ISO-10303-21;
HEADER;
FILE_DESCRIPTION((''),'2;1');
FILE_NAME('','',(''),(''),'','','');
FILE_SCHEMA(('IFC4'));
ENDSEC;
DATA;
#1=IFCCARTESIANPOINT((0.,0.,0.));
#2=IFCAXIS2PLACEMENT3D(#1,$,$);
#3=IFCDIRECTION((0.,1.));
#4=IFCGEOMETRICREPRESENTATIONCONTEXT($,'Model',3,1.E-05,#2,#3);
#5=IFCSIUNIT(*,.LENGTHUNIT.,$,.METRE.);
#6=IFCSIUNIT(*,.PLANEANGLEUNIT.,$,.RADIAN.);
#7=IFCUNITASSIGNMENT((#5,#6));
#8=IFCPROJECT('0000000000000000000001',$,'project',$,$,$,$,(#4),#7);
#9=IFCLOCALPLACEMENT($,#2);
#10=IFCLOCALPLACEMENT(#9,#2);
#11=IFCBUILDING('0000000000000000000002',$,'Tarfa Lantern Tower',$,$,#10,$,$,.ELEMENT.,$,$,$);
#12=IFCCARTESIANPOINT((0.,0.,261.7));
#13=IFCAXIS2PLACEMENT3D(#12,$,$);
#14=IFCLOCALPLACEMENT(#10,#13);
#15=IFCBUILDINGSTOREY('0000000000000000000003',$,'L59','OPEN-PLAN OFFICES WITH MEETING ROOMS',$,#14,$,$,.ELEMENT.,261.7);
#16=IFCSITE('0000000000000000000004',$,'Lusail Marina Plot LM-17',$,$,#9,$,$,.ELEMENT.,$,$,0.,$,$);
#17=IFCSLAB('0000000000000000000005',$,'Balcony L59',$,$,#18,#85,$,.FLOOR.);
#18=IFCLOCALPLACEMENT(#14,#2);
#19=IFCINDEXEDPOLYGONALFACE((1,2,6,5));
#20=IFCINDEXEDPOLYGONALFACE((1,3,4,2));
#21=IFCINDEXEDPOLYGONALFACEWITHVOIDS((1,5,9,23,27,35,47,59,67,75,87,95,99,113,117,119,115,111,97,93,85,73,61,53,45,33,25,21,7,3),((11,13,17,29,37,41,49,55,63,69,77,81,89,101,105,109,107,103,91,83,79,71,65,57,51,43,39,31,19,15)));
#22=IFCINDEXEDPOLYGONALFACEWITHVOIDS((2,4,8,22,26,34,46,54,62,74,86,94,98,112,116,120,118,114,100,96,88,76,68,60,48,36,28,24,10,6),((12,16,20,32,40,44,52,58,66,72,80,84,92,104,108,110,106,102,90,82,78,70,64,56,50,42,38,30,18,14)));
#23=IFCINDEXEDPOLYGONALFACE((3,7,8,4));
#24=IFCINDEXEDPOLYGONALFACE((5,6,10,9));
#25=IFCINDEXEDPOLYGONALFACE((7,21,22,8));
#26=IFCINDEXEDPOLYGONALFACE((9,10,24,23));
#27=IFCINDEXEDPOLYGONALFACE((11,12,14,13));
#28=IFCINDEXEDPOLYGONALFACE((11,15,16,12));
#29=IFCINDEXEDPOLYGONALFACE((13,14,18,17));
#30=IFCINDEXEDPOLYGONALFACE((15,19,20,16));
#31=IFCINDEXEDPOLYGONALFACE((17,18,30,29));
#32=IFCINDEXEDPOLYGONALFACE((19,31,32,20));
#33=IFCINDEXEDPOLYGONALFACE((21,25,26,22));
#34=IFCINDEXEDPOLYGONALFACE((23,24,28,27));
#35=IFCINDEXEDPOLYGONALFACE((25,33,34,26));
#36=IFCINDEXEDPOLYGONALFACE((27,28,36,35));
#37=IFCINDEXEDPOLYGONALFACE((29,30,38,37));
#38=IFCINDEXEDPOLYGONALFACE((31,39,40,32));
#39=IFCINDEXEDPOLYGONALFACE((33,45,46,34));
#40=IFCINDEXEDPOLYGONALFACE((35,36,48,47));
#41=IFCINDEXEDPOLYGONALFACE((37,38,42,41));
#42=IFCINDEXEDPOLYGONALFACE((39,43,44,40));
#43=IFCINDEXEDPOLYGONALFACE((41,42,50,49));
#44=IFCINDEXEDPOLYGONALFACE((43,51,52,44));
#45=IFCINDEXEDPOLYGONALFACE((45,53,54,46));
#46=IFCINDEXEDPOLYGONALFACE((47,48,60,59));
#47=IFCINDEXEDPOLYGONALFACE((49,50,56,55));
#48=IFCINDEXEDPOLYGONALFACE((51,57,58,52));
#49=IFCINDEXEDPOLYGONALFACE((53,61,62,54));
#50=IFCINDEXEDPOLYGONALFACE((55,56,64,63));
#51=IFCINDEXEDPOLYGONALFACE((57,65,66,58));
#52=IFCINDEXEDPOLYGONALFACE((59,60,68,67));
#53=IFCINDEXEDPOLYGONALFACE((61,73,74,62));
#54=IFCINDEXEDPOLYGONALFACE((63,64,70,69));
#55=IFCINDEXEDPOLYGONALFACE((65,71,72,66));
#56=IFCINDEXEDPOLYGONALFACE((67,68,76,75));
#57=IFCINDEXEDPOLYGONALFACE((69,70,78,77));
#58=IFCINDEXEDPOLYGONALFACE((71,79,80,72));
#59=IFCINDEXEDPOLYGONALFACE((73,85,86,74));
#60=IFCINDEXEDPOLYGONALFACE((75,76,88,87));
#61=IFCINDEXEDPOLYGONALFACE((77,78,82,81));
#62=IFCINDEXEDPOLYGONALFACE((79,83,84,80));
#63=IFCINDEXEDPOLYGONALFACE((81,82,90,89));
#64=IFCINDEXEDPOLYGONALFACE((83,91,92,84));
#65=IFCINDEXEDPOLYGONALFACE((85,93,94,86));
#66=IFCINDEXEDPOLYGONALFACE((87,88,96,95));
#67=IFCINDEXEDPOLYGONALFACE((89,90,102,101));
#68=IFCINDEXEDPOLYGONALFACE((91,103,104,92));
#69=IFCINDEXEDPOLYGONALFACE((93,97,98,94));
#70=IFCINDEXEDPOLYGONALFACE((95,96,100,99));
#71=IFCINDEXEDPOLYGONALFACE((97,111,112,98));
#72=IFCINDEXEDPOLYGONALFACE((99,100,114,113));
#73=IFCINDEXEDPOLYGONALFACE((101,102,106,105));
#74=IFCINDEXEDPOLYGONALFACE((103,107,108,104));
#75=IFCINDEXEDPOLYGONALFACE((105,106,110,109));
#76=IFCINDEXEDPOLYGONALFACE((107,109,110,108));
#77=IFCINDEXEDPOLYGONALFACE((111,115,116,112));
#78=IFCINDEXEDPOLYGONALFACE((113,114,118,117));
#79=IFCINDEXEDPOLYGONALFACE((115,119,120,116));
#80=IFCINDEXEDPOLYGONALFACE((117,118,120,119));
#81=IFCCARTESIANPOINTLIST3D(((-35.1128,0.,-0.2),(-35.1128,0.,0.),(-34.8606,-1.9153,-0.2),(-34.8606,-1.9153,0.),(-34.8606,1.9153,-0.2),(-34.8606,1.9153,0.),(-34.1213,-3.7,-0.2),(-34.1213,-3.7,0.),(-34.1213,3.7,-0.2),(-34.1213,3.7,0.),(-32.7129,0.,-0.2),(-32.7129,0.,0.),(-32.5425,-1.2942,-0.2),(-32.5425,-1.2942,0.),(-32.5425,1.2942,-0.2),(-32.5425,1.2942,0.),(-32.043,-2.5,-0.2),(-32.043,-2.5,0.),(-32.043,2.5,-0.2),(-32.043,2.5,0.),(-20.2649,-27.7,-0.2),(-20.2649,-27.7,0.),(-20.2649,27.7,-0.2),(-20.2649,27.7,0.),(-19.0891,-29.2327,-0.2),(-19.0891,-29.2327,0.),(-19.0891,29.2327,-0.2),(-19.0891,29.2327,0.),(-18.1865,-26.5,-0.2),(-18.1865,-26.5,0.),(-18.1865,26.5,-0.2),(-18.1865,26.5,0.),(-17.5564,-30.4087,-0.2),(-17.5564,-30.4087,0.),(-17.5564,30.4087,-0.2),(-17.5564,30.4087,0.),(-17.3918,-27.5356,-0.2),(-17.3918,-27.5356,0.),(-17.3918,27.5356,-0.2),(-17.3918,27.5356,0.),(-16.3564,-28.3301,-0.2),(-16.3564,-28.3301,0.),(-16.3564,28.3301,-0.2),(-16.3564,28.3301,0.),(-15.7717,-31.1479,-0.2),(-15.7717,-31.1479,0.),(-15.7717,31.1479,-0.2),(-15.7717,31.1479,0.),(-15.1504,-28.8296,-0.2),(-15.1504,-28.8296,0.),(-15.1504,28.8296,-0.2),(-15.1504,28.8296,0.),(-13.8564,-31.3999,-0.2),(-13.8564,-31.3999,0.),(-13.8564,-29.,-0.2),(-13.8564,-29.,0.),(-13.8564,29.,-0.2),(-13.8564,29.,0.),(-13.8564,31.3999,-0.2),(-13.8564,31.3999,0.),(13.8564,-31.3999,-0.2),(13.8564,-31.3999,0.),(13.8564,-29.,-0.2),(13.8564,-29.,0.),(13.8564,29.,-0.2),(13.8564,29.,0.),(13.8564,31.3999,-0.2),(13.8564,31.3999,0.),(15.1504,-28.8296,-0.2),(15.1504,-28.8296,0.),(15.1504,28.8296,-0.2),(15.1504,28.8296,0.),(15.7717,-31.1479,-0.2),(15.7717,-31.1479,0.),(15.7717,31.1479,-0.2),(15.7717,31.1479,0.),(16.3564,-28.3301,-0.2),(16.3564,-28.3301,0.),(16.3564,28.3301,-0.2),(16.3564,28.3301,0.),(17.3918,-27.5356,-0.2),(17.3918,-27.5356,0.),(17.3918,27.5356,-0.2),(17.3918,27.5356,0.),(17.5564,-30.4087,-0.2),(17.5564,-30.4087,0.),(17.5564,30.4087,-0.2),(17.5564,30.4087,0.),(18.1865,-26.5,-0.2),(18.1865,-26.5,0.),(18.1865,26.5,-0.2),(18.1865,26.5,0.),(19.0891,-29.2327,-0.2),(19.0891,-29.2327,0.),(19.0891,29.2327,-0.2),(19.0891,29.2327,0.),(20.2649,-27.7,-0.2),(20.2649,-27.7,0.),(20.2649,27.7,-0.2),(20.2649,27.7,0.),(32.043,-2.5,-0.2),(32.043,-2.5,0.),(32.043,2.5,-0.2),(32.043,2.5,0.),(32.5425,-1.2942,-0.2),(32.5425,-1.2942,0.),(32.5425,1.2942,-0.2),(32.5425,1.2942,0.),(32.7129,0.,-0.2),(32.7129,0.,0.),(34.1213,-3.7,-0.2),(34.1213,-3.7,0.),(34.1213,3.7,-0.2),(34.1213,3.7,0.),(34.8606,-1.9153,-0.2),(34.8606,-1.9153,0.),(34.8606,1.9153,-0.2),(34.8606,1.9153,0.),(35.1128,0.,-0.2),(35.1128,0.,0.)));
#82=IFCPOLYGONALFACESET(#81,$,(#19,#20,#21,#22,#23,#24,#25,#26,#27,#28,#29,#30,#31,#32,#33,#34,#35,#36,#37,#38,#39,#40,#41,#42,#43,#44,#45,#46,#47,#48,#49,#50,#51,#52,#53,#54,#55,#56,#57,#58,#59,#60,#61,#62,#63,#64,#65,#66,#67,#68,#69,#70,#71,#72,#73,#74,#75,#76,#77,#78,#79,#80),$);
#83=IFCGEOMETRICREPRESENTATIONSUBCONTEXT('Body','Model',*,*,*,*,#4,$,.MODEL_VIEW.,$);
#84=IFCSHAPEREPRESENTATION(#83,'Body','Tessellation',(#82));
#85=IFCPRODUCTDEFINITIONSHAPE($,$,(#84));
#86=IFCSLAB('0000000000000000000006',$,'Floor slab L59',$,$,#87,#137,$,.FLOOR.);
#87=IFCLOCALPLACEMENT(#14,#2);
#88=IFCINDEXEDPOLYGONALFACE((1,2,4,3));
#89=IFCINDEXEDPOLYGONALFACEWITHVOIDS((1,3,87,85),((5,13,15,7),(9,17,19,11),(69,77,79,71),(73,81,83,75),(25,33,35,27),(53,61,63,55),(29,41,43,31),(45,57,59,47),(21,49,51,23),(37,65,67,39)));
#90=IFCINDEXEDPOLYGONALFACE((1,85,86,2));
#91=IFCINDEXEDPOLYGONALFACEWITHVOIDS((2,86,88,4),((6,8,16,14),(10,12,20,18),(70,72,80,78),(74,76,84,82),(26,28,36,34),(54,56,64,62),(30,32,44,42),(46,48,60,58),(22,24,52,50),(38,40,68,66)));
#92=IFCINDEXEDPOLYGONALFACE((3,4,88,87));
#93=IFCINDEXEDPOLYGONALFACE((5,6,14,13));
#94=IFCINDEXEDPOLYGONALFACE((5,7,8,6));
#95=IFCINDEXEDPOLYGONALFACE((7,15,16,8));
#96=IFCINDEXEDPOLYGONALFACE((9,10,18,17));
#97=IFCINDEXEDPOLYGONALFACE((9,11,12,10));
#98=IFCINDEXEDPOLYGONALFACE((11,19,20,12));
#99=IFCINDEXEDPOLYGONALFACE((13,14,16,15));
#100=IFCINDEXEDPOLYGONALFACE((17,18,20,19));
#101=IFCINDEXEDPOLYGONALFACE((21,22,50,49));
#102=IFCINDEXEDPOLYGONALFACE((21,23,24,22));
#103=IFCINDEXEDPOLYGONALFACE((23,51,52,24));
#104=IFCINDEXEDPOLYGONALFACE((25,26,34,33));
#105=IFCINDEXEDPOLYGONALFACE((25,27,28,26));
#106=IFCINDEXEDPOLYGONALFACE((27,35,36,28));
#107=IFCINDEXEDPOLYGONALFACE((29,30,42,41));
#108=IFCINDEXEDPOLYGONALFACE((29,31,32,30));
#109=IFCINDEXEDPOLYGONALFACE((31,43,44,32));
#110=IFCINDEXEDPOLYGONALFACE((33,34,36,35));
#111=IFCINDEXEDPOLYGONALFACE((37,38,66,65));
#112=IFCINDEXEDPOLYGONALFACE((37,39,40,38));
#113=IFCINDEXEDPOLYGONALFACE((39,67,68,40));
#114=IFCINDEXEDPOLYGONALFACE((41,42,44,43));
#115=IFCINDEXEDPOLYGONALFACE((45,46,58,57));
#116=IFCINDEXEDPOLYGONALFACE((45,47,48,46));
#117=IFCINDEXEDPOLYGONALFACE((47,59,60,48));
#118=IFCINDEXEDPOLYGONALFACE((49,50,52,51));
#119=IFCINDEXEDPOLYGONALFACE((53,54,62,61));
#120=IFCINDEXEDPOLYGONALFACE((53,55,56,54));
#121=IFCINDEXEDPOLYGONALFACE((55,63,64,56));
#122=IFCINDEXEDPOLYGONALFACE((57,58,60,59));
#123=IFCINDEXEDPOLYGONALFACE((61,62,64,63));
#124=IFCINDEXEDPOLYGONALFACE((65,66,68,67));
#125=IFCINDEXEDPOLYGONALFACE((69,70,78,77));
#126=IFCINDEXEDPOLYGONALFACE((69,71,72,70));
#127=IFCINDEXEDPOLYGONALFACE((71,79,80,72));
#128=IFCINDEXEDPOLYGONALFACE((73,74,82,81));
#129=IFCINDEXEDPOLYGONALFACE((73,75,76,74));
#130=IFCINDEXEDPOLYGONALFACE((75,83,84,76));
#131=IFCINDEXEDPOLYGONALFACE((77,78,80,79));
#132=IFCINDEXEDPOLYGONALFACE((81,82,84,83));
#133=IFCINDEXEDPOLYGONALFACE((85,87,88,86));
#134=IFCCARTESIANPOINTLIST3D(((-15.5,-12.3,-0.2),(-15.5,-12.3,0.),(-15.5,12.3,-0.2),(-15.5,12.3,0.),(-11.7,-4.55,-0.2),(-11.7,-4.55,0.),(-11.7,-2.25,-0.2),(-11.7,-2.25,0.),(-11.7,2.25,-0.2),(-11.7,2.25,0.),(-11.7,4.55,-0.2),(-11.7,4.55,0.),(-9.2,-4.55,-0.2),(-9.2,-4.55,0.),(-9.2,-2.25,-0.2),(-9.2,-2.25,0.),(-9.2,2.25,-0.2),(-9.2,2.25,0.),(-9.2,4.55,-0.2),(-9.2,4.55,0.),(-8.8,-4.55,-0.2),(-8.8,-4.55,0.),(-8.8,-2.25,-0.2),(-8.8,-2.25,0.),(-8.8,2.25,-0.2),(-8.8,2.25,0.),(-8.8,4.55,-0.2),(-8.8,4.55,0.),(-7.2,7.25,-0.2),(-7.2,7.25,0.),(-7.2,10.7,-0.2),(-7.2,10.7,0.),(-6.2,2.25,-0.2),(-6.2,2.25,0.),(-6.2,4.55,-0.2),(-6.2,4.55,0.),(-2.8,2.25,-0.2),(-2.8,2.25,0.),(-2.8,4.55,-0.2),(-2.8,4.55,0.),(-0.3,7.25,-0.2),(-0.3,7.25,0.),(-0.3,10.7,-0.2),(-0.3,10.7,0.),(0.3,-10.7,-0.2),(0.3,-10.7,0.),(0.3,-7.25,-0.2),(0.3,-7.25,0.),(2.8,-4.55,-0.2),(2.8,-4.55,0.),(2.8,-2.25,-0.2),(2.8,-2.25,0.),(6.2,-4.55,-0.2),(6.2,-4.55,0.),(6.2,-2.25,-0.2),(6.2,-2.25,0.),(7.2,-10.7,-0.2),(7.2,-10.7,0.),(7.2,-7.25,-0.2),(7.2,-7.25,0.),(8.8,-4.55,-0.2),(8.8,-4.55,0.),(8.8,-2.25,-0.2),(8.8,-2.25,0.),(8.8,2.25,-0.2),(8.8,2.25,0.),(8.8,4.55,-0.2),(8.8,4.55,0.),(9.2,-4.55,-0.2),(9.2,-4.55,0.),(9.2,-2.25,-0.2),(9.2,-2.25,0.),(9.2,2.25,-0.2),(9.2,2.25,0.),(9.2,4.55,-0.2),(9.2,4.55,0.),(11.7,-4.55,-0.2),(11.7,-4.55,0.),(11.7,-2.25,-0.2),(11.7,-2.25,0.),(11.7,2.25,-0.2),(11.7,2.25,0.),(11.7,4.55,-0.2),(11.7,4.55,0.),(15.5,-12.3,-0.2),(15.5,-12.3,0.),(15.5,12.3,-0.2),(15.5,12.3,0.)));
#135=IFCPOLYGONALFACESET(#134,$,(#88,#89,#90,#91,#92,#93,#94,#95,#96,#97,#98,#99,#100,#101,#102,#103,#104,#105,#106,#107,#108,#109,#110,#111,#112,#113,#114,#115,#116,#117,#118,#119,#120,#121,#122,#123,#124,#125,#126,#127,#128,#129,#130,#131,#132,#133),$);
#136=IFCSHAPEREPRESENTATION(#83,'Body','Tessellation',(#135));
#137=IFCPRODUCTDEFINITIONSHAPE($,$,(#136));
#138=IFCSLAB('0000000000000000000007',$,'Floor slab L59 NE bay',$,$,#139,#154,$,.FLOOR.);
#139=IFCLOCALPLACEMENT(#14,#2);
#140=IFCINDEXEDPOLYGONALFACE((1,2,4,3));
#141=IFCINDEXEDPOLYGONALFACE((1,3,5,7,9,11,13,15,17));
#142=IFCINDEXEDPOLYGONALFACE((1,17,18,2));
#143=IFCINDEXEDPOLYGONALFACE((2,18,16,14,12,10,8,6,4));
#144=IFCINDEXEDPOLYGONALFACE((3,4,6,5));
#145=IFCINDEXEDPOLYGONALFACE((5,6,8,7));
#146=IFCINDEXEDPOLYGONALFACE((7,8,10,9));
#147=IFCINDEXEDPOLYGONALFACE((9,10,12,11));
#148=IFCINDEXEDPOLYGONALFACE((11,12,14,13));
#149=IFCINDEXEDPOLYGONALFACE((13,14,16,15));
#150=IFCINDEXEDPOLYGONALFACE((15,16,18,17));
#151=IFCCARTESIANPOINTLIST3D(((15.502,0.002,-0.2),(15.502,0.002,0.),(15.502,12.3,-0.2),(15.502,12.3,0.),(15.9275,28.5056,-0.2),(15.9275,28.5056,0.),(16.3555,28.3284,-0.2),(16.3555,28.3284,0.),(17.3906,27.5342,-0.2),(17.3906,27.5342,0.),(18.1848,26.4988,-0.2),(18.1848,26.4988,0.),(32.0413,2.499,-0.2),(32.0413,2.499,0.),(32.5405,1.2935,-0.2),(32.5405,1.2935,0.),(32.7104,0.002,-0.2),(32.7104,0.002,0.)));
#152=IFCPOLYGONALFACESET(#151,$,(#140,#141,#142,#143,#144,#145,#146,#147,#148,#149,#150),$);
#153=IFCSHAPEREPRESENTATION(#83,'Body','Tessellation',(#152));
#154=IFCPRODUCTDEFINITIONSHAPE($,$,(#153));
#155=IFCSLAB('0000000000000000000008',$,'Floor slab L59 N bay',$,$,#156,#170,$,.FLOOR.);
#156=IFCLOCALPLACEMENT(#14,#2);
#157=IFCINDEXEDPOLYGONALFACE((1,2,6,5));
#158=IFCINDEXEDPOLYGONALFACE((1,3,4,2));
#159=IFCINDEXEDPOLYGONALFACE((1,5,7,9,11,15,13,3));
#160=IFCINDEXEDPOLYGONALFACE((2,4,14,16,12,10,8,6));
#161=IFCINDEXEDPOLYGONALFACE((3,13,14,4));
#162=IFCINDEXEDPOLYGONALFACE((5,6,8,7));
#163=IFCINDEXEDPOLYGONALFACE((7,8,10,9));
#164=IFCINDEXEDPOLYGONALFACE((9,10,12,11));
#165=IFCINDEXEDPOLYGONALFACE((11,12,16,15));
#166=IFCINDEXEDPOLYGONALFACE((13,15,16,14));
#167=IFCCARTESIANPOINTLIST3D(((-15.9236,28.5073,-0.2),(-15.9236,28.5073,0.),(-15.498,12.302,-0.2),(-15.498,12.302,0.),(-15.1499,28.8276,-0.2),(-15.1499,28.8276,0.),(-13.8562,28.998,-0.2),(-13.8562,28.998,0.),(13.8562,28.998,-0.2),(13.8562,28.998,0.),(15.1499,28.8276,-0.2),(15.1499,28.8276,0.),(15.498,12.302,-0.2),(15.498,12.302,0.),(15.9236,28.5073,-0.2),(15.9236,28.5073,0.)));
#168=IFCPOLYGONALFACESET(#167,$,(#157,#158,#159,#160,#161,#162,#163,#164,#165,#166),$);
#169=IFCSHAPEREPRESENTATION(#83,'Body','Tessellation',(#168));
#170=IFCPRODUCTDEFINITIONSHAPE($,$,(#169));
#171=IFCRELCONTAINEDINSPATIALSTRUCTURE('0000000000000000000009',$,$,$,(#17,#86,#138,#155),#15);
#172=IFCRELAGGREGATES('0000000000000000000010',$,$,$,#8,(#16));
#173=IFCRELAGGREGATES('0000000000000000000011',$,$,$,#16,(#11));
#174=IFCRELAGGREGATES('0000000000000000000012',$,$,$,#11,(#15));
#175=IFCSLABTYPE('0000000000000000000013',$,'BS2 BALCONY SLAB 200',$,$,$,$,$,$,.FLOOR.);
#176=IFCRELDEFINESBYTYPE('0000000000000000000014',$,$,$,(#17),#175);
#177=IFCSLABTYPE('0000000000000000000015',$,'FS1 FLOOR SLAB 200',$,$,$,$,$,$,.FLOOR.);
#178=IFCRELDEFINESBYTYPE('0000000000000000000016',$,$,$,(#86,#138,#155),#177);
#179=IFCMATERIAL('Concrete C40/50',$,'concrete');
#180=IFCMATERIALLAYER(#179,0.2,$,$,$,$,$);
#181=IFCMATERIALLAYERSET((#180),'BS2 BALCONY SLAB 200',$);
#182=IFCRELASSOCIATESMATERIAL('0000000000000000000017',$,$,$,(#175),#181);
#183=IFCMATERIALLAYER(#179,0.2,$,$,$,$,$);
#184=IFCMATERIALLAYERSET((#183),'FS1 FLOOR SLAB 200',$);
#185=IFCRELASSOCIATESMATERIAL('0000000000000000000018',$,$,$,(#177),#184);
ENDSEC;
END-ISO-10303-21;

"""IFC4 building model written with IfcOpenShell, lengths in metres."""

from ifc_helpers import new_model, si_unit, direction, frame, origin, place, context, subcontext, project, spatial, polyline, outline, extrude, material, layer, layer_set, type_object, element, save


model = new_model("IFC4")

# Units and contexts
model_context = context("Model", 3, precision=1e-05, world=origin(), true_north=direction((0.0, 1.0)))
body_context = subcontext(model_context, "Body", "Model", "MODEL_VIEW")
ifc_project = project(units=[si_unit("LENGTHUNIT", "METRE"), si_unit("PLANEANGLEUNIT", "RADIAN")], contexts=[model_context])

# Site, building, storey
site_placement = place(None, origin())
site = spatial("IfcSite", under=ifc_project, at=site_placement, Name="Lusail Marina Plot LM-17", CompositionType="ELEMENT", RefElevation=0.0)
building_placement = place(site_placement, origin())
building = spatial("IfcBuilding", under=site, at=building_placement, Name="Tarfa Lantern Tower", CompositionType="ELEMENT")
storey_placement = place(building_placement, frame((0.0, 0.0, 261.7)))
storey = spatial("IfcBuildingStorey", under=building, at=storey_placement, Name="L59", Description="OPEN-PLAN OFFICES WITH MEETING ROOMS", CompositionType="ELEMENT", Elevation=261.7)

# Slabs
ifc_material_1 = material(Name="Concrete C40/50", Category="concrete")
ifc_layer_1 = layer(ifc_material_1, 0.2)
ifc_layer_set_1 = layer_set([ifc_layer_1], Name="BS2 BALCONY SLAB 200")
slab_type_1 = type_object("IfcSlabType", Name="BS2 BALCONY SLAB 200", PredefinedType="FLOOR", material=ifc_layer_set_1)
slab_1_placement = place(storey_placement, frame((0.0, 0.0, -0.2)))
element("IfcSlab", 1, at=slab_1_placement, inside=storey, type_object=slab_type_1, Name="Balcony L59", PredefinedType="FLOOR", context=body_context, shape_type="SweptSolid", body=[
    extrude(outline(polyline([(34.1213, 3.7), (20.2649, 27.7), (19.0891, 29.2327), (17.5564, 30.4087), (15.7717, 31.1479), (13.8564, 31.3999), (-13.8564, 31.3999), (-15.7717, 31.1479), (-17.5564, 30.4087), (-19.0891, 29.2327), (-20.2649, 27.7), (-34.1213, 3.7), (-34.8606, 1.9153), (-35.1128, 0.0), (-34.8606, -1.9153), (-34.1213, -3.7), (-20.2649, -27.7), (-19.0891, -29.2327), (-17.5564, -30.4087), (-15.7717, -31.1479), (-13.8564, -31.3999), (13.8564, -31.3999), (15.7717, -31.1479), (17.5564, -30.4087), (19.0891, -29.2327), (20.2649, -27.7), (34.1213, -3.7), (34.8606, -1.9153), (35.1128, 0.0), (34.8606, 1.9153), (34.1213, 3.7)]), holes=[polyline([(32.043, 2.5), (18.1865, 26.5), (17.3918, 27.5356), (16.3564, 28.3301), (15.1504, 28.8296), (13.8564, 29.0), (-13.8564, 29.0), (-15.1504, 28.8296), (-16.3564, 28.3301), (-17.3918, 27.5356), (-18.1865, 26.5), (-32.043, 2.5), (-32.5425, 1.2942), (-32.7129, 0.0), (-32.5425, -1.2942), (-32.043, -2.5), (-18.1865, -26.5), (-17.3918, -27.5356), (-16.3564, -28.3301), (-15.1504, -28.8296), (-13.8564, -29.0), (13.8564, -29.0), (15.1504, -28.8296), (16.3564, -28.3301), (17.3918, -27.5356), (18.1865, -26.5), (32.043, -2.5), (32.5425, -1.2942), (32.7129, 0.0), (32.5425, 1.2942), (32.043, 2.5)])]), origin(), (0.0, 0.0, 1.0), 0.2),
])
ifc_layer_2 = layer(ifc_material_1, 0.2)
ifc_layer_set_2 = layer_set([ifc_layer_2], Name="FS1 FLOOR SLAB 200")
slab_type_2 = type_object("IfcSlabType", Name="FS1 FLOOR SLAB 200", PredefinedType="FLOOR", material=ifc_layer_set_2)
slab_2_placement = place(storey_placement, frame((0.0, 0.0, -0.2)))
element("IfcSlab", 2, at=slab_2_placement, inside=storey, type_object=slab_type_2, Name="Floor slab L59", PredefinedType="FLOOR", context=body_context, shape_type="SweptSolid", body=[
    extrude(outline(polyline([(-15.5, -12.3), (15.5, -12.3), (15.5, 12.3), (-15.5, 12.3), (-15.5, -12.3)]), holes=[polyline([(-11.7, 2.25), (-9.2, 2.25), (-9.2, 4.55), (-11.7, 4.55), (-11.7, 2.25)]), polyline([(-8.8, 2.25), (-6.2, 2.25), (-6.2, 4.55), (-8.8, 4.55), (-8.8, 2.25)]), polyline([(-2.8, 2.25), (8.8, 2.25), (8.8, 4.55), (-2.8, 4.55), (-2.8, 2.25)]), polyline([(9.2, 2.25), (11.7, 2.25), (11.7, 4.55), (9.2, 4.55), (9.2, 2.25)]), polyline([(11.7, -2.25), (9.2, -2.25), (9.2, -4.55), (11.7, -4.55), (11.7, -2.25)]), polyline([(8.8, -2.25), (6.2, -2.25), (6.2, -4.55), (8.8, -4.55), (8.8, -2.25)]), polyline([(2.8, -2.25), (-8.8, -2.25), (-8.8, -4.55), (2.8, -4.55), (2.8, -2.25)]), polyline([(-9.2, -2.25), (-11.7, -2.25), (-11.7, -4.55), (-9.2, -4.55), (-9.2, -2.25)]), polyline([(-7.2, 7.25), (-0.3, 7.25), (-0.3, 10.7), (-7.2, 10.7), (-7.2, 7.25)]), polyline([(7.2, -7.25), (0.3, -7.25), (0.3, -10.7), (7.2, -10.7), (7.2, -7.25)])]), origin(), (0.0, 0.0, 1.0), 0.2),
])
slab_3_placement = place(storey_placement, frame((0.0, 0.0, -0.2)))
element("IfcSlab", 3, at=slab_3_placement, inside=storey, type_object=slab_type_2, Name="Floor slab L59 NE bay", PredefinedType="FLOOR", context=body_context, shape_type="SweptSolid", body=[
    extrude(outline(polyline([(32.0413, 2.499), (18.1848, 26.4988), (17.3906, 27.5342), (16.3555, 28.3284), (15.9275, 28.5056), (15.502, 12.3), (15.502, 0.002), (32.7104, 0.002), (32.5405, 1.2935), (32.0413, 2.499)])), origin(), (0.0, 0.0, 1.0), 0.2),
])
slab_4_placement = place(storey_placement, frame((0.0, 0.0, -0.2)))
element("IfcSlab", 4, at=slab_4_placement, inside=storey, type_object=slab_type_2, Name="Floor slab L59 N bay", PredefinedType="FLOOR", context=body_context, shape_type="SweptSolid", body=[
    extrude(outline(polyline([(-15.498, 12.302), (15.498, 12.302), (15.9236, 28.5073), (15.1499, 28.8276), (13.8562, 28.998), (-13.8562, 28.998), (-15.1499, 28.8276), (-15.9236, 28.5073), (-15.498, 12.302)])), origin(), (0.0, 0.0, 1.0), 0.2),
])

save(model, "model.ifc")
